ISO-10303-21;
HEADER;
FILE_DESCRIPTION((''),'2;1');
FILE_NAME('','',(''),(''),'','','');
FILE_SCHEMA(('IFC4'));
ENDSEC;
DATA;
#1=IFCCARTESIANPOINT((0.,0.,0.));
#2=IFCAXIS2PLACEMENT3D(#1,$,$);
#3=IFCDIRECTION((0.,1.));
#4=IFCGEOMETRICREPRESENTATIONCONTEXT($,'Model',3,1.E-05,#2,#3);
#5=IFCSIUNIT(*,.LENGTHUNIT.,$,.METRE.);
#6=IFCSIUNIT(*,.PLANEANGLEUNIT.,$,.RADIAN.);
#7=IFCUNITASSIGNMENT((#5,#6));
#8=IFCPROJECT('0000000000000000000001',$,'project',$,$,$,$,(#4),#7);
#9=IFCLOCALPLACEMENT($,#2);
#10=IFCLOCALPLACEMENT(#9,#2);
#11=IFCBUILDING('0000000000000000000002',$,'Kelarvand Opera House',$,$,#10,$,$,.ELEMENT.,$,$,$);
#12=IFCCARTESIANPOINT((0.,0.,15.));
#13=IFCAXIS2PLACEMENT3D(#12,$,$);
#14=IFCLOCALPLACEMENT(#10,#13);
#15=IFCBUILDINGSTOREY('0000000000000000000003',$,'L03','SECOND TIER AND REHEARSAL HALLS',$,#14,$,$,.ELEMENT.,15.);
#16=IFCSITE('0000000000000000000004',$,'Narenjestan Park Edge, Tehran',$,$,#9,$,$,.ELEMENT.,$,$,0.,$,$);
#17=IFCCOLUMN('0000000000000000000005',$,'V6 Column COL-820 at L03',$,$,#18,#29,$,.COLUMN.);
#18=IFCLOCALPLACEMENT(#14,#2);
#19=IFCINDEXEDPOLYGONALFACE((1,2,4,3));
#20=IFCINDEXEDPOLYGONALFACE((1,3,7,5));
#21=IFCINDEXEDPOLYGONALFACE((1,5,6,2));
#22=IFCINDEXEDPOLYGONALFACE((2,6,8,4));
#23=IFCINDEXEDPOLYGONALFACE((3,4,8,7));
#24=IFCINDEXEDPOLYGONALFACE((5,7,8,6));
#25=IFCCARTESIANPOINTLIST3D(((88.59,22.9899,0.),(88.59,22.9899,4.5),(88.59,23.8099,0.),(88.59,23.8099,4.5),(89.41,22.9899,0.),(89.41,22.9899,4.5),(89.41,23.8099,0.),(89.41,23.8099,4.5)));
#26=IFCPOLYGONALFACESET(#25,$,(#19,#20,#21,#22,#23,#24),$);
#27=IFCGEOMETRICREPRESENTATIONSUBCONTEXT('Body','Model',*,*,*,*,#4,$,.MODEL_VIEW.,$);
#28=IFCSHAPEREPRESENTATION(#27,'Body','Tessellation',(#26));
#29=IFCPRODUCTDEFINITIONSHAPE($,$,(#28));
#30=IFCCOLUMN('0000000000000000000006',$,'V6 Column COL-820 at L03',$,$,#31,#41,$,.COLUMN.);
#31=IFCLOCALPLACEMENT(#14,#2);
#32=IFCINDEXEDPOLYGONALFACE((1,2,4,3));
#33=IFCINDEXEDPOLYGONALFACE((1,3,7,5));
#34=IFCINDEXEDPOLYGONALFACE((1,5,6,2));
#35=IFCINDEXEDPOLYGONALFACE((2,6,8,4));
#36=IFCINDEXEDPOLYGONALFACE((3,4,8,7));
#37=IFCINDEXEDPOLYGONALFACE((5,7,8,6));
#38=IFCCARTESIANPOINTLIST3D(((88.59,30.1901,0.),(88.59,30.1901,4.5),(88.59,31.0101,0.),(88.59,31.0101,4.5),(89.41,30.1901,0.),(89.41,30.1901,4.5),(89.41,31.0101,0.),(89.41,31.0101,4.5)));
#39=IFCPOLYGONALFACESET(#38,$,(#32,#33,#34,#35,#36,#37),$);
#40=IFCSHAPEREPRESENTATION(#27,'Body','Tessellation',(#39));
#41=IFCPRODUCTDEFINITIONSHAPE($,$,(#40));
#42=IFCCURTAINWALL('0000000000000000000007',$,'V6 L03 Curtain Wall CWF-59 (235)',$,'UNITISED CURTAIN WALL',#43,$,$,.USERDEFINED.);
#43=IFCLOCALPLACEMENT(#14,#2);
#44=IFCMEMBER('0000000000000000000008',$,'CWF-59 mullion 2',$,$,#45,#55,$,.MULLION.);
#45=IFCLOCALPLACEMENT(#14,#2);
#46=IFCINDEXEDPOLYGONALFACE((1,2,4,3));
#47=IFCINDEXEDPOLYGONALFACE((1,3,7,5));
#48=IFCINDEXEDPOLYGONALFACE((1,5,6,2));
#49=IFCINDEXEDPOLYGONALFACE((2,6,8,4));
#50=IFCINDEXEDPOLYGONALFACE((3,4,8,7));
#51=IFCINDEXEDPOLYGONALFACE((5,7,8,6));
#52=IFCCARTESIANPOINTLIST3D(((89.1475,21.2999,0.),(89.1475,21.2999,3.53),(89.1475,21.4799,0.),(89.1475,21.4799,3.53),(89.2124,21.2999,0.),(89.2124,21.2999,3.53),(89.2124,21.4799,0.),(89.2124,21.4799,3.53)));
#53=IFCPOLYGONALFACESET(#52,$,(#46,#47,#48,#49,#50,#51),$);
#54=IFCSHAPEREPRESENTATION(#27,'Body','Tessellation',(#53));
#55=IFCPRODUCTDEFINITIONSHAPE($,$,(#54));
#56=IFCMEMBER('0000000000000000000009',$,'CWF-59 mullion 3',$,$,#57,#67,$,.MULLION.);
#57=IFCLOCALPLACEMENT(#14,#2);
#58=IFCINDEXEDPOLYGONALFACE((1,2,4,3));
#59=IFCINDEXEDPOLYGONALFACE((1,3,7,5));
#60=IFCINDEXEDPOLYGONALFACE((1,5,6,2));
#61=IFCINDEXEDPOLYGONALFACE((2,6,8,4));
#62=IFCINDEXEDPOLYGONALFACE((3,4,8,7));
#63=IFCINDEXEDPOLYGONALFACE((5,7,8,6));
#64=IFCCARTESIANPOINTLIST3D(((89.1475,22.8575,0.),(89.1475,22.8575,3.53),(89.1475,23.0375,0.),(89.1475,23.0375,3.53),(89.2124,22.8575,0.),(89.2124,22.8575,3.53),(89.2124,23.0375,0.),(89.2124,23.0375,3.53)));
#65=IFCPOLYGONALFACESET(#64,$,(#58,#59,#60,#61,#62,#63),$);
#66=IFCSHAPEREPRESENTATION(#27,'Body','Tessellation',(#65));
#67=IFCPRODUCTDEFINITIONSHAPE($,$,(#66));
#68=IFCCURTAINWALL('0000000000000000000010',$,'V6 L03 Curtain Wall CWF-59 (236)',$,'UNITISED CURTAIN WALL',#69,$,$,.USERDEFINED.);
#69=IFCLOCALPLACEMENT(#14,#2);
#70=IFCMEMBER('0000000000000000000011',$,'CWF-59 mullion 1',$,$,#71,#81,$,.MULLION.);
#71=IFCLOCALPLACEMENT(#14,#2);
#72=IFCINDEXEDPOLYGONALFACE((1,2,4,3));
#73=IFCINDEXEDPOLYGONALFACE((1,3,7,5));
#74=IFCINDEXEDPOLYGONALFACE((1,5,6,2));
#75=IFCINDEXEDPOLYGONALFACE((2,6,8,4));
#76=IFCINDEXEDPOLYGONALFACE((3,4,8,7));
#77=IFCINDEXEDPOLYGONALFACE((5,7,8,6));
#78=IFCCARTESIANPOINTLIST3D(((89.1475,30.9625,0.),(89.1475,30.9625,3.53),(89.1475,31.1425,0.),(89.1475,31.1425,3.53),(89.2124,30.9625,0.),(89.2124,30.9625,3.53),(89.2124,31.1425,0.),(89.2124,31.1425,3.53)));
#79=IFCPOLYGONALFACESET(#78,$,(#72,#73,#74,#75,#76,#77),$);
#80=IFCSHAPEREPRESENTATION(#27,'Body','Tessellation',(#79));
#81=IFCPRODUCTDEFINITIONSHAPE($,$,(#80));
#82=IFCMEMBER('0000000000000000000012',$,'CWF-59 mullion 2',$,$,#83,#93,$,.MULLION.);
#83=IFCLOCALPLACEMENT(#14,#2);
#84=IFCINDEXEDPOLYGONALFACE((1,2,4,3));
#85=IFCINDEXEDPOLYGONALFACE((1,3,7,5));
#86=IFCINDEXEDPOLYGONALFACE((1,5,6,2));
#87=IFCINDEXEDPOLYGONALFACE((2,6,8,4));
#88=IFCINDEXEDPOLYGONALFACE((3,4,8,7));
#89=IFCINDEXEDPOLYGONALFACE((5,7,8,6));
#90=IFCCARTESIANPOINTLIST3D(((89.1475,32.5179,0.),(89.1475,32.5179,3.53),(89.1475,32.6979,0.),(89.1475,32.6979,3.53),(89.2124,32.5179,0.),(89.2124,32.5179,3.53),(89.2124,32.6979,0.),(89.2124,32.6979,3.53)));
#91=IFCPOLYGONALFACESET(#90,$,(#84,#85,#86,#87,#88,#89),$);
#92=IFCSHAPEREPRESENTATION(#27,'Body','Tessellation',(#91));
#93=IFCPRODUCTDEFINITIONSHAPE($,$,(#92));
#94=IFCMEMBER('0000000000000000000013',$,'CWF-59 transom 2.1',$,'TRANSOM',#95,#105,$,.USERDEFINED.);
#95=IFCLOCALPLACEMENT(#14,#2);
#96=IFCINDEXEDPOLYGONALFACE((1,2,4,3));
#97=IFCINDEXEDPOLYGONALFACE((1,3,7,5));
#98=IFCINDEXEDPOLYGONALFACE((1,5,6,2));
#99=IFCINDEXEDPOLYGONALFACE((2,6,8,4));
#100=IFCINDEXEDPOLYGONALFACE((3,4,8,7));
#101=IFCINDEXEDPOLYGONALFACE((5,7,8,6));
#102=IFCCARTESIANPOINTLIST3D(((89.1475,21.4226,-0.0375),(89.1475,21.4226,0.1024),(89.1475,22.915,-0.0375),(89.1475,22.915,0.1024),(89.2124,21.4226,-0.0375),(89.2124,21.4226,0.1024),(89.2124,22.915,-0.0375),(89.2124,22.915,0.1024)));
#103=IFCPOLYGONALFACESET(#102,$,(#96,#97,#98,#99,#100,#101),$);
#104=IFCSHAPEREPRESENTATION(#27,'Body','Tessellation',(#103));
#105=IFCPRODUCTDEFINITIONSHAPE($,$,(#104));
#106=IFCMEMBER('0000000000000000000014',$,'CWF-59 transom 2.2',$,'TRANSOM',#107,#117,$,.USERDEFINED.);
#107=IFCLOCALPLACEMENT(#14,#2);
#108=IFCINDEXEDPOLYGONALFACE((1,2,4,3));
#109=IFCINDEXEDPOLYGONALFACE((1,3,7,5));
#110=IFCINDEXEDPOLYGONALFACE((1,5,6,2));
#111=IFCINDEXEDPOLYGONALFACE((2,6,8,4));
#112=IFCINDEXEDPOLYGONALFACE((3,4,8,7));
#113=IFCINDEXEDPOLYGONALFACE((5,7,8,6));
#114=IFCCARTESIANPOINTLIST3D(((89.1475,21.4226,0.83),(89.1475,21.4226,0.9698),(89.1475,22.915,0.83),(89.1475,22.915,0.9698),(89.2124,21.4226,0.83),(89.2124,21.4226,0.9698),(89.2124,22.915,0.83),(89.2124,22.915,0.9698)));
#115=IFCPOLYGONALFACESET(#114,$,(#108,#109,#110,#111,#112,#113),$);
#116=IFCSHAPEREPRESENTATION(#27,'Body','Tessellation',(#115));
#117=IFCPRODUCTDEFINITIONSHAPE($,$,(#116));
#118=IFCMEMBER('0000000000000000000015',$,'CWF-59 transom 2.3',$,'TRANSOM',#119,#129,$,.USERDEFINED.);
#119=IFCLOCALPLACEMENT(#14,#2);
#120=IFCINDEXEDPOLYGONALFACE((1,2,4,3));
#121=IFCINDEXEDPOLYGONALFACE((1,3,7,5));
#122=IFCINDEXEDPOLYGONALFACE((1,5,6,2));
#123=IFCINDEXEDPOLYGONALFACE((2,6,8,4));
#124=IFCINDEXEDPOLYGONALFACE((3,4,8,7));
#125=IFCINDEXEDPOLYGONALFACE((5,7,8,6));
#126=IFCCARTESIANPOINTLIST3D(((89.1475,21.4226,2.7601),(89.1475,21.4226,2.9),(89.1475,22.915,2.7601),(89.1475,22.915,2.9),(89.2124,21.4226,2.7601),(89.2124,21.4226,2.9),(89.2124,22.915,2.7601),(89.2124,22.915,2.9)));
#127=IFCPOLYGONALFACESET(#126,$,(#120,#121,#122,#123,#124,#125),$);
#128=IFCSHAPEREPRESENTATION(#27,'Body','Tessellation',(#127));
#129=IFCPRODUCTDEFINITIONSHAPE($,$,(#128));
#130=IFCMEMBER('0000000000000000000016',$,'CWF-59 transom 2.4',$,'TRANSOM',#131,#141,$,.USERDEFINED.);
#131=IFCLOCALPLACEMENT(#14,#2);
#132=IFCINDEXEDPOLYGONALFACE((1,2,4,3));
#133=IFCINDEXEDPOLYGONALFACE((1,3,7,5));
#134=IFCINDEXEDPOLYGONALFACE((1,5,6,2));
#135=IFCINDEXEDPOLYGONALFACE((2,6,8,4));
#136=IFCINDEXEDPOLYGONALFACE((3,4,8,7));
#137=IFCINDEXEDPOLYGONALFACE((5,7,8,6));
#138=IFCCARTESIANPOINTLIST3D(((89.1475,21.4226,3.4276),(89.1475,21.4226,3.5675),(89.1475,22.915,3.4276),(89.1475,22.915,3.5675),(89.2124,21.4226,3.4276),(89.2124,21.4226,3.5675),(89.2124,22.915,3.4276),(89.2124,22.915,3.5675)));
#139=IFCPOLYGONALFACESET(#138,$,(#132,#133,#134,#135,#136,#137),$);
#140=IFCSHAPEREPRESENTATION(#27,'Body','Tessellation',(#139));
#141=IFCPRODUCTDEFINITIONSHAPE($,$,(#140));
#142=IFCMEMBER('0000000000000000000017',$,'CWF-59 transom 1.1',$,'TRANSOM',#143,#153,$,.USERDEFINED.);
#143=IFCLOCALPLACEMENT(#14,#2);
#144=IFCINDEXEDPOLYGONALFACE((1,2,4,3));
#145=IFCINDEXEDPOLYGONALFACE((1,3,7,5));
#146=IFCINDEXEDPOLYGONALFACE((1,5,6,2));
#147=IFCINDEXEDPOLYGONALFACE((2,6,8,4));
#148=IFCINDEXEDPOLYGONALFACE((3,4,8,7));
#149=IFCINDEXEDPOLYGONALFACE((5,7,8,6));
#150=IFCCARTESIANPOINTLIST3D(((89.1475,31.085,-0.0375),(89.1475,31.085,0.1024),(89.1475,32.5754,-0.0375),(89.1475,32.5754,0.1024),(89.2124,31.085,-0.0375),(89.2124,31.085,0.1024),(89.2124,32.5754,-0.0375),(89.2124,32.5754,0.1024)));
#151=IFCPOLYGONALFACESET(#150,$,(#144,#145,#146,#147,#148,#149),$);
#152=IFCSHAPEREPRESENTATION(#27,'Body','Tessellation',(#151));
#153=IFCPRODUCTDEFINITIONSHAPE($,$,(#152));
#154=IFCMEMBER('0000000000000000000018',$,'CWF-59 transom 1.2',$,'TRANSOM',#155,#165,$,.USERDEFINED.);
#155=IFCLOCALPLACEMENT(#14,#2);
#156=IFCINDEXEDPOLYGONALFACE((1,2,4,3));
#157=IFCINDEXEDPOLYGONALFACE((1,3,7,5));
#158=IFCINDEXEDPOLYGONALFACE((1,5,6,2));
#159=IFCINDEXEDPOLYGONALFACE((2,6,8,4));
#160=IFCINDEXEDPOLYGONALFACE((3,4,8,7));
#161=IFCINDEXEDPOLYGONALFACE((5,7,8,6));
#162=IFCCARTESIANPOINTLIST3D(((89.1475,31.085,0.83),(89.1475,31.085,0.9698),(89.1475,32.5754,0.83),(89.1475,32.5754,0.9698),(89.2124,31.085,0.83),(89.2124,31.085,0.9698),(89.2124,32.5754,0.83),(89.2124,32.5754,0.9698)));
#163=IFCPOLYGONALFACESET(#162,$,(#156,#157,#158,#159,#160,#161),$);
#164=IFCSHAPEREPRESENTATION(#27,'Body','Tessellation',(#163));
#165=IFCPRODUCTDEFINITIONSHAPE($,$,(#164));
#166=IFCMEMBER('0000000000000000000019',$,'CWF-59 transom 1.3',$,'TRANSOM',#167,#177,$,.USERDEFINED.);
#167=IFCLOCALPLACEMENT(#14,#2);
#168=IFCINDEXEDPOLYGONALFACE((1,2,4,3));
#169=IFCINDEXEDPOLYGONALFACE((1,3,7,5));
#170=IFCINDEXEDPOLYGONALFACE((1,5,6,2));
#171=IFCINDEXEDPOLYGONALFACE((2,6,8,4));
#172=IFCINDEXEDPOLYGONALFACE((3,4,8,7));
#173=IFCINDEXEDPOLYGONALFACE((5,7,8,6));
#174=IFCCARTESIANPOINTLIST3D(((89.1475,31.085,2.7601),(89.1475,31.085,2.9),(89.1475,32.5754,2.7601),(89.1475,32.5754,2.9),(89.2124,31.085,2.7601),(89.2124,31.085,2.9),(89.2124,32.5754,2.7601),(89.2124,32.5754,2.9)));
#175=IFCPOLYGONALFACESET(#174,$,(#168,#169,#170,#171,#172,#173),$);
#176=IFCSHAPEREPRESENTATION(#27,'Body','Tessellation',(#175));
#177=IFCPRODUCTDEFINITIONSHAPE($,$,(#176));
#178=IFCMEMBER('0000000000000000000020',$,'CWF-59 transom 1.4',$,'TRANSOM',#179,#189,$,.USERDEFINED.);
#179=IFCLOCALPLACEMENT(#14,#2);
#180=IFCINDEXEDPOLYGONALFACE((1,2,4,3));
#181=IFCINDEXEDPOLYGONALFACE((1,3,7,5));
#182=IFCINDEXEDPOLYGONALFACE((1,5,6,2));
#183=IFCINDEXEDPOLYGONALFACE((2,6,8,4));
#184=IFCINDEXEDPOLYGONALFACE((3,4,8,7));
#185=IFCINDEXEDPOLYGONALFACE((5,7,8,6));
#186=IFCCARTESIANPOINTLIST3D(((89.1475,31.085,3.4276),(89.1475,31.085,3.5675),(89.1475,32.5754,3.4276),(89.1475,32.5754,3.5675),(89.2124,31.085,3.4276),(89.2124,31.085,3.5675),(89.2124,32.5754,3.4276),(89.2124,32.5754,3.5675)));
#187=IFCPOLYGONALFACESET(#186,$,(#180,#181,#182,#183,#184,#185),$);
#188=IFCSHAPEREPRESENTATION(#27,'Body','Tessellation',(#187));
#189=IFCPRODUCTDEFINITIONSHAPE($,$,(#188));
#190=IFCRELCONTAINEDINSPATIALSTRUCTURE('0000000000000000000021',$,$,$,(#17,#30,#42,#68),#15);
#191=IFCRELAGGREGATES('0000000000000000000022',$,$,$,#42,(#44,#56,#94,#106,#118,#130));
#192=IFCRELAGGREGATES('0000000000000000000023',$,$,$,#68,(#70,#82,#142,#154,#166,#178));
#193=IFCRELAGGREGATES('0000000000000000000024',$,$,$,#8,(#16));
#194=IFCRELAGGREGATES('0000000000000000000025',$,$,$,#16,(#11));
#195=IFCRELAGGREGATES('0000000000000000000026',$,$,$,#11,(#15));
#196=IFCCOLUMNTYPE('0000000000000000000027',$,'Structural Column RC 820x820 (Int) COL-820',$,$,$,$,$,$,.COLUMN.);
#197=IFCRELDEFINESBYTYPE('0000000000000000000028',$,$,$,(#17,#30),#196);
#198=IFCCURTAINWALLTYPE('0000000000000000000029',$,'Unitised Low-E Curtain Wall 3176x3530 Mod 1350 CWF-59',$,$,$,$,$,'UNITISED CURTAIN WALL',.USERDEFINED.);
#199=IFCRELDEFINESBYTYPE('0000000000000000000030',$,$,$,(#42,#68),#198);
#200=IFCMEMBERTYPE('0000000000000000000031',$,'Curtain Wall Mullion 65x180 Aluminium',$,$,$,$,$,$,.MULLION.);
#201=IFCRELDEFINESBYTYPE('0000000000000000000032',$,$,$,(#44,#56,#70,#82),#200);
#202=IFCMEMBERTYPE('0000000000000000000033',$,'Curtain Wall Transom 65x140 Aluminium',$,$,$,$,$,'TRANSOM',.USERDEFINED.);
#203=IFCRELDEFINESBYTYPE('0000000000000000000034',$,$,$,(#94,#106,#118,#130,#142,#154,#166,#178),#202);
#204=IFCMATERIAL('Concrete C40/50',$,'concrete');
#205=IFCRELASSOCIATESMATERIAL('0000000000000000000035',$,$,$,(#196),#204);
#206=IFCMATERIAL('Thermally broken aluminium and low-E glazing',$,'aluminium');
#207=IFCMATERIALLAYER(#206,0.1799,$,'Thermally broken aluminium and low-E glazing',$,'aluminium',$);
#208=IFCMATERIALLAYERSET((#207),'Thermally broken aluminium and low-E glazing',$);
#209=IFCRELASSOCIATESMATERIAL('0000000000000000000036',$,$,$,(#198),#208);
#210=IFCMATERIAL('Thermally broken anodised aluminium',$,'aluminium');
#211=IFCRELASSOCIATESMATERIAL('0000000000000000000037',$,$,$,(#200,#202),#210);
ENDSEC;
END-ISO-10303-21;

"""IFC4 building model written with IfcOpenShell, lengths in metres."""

from ifc_helpers import new_model, si_unit, direction, frame, origin, origin_2d, place, context, subcontext, project, spatial, rectangle, extrude, material, layer, layer_set, material_profile, profile_set, type_object, element, aggregate, save


model = new_model("IFC4")

# Units and contexts
model_context = context("Model", 3, precision=1e-05, world=origin(), true_north=direction((0.0, 1.0)))
body_context = subcontext(model_context, "Body", "Model", "MODEL_VIEW")
ifc_project = project(units=[si_unit("LENGTHUNIT", "METRE"), si_unit("PLANEANGLEUNIT", "RADIAN")], contexts=[model_context])

# Site, building, storey
site_placement = place(None, origin())
site = spatial("IfcSite", under=ifc_project, at=site_placement, Name="Narenjestan Park Edge, Tehran", CompositionType="ELEMENT", RefElevation=0.0)
building_placement = place(site_placement, origin())
building = spatial("IfcBuilding", under=site, at=building_placement, Name="Kelarvand Opera House", CompositionType="ELEMENT")
storey_placement = place(building_placement, frame((0.0, 0.0, 15.0)))
storey = spatial("IfcBuildingStorey", under=building, at=storey_placement, Name="L03", Description="SECOND TIER AND REHEARSAL HALLS", CompositionType="ELEMENT", Elevation=15.0)

# Columns
ifc_material_1 = material(Name="Concrete C40/50", Category="concrete")
ifc_material_profile_1 = material_profile(ifc_material_1, rectangle(XDim=0.8201, YDim=0.8201, at=origin_2d()), Name="RC 820x820", Category="concrete")
ifc_profile_set_1 = profile_set([ifc_material_profile_1], Name="Concrete C40/50")
column_type = type_object("IfcColumnType", Name="Structural Column RC 820x820 (Int) COL-820", PredefinedType="COLUMN", material=ifc_profile_set_1)
for number, where, z_axis, x_axis, name in (
    (1, (89.0, 23.3999, 0.0), (0.0, 0.0, 1.0), (1.0, 0.0, 0.0), "V6 Column COL-820 at L03"),
    (2, (89.0, 30.6001, 0.0), (0.0, 0.0, 1.0), (1.0, 0.0, 0.0), "V6 Column COL-820 at L03"),
):
    element("IfcColumn", number, at=place(storey_placement, frame(where, z_axis=z_axis, x_axis=x_axis)), inside=storey, type_object=column_type, Name=name, PredefinedType="COLUMN", context=body_context, shape_type="SweptSolid", body=[
        extrude(rectangle(XDim=0.8201, YDim=0.8201, at=origin_2d()), origin(), (0.0, 0.0, 1.0), 4.5),
    ])

# Curtain walls, members
ifc_material_2 = material(Name="Thermally broken aluminium and low-E glazing", Category="aluminium")
ifc_layer_1 = layer(ifc_material_2, 0.1799, Name="Thermally broken aluminium and low-E glazing", Category="aluminium")
ifc_layer_set_1 = layer_set([ifc_layer_1], Name="Thermally broken aluminium and low-E glazing")
curtain_wall_type = type_object("IfcCurtainWallType", Name="Unitised Low-E Curtain Wall 3176x3530 Mod 1350 CWF-59", ElementType="UNITISED CURTAIN WALL", PredefinedType="USERDEFINED", material=ifc_layer_set_1)
curtain_wall_1_placement = place(storey_placement, origin())
curtain_wall_1 = element("IfcCurtainWall", 3, at=curtain_wall_1_placement, inside=storey, type_object=curtain_wall_type, Name="V6 L03 Curtain Wall CWF-59 (235)", ObjectType="UNITISED CURTAIN WALL", PredefinedType="USERDEFINED")
ifc_material_3 = material(Name="Thermally broken anodised aluminium", Category="aluminium")
ifc_material_profile_2 = material_profile(ifc_material_3, rectangle(XDim=0.0649, YDim=0.1799, at=origin_2d()), Name="ALU MULLION 65x180", Category="aluminium")
ifc_profile_set_2 = profile_set([ifc_material_profile_2], Name="Thermally broken anodised aluminium")
member_type_1 = type_object("IfcMemberType", Name="Curtain Wall Mullion 65x180 Aluminium", PredefinedType="MULLION", material=ifc_profile_set_2)
member_1_placement = place(storey_placement, frame((89.1799, 21.3899, 0.0), z_axis=(0.0, 0.0, 1.0), x_axis=(-1.0, 0.0, 0.0)))
member_1 = element("IfcMember", 4, at=member_1_placement, type_object=member_type_1, Name="CWF-59 mullion 2", PredefinedType="MULLION", context=body_context, shape_type="SweptSolid", body=[
    extrude(rectangle(XDim=0.0649, YDim=0.1799, at=origin_2d()), origin(), (0.0, 0.0, 1.0), 3.53),
])
member_2_placement = place(storey_placement, frame((89.1799, 22.9475, 0.0), z_axis=(0.0, 0.0, 1.0), x_axis=(-1.0, 0.0, 0.0)))
member_2 = element("IfcMember", 5, at=member_2_placement, type_object=member_type_1, Name="CWF-59 mullion 3", PredefinedType="MULLION", context=body_context, shape_type="SweptSolid", body=[
    extrude(rectangle(XDim=0.0649, YDim=0.1799, at=origin_2d()), origin(), (0.0, 0.0, 1.0), 3.53),
])
curtain_wall_2_placement = place(storey_placement, origin())
curtain_wall_2 = element("IfcCurtainWall", 6, at=curtain_wall_2_placement, inside=storey, type_object=curtain_wall_type, Name="V6 L03 Curtain Wall CWF-59 (236)", ObjectType="UNITISED CURTAIN WALL", PredefinedType="USERDEFINED")
member_3_placement = place(storey_placement, frame((89.1799, 31.0525, 0.0), z_axis=(0.0, 0.0, 1.0), x_axis=(-1.0, 0.0, 0.0)))
member_3 = element("IfcMember", 7, at=member_3_placement, type_object=member_type_1, Name="CWF-59 mullion 1", PredefinedType="MULLION", context=body_context, shape_type="SweptSolid", body=[
    extrude(rectangle(XDim=0.0649, YDim=0.1799, at=origin_2d()), origin(), (0.0, 0.0, 1.0), 3.53),
])
member_4_placement = place(storey_placement, frame((89.1799, 32.6079, 0.0), z_axis=(0.0, 0.0, 1.0), x_axis=(-1.0, 0.0, 0.0)))
member_4 = element("IfcMember", 8, at=member_4_placement, type_object=member_type_1, Name="CWF-59 mullion 2", PredefinedType="MULLION", context=body_context, shape_type="SweptSolid", body=[
    extrude(rectangle(XDim=0.0649, YDim=0.1799, at=origin_2d()), origin(), (0.0, 0.0, 1.0), 3.53),
])

# Members
ifc_material_profile_3 = material_profile(ifc_material_3, rectangle(XDim=0.0649, YDim=0.1399, at=origin_2d()), Name="ALU TRANSOM 65x140", Category="aluminium")
ifc_profile_set_3 = profile_set([ifc_material_profile_3], Name="Thermally broken anodised aluminium")
member_type_2 = type_object("IfcMemberType", Name="Curtain Wall Transom 65x140 Aluminium", ElementType="TRANSOM", PredefinedType="USERDEFINED", material=ifc_profile_set_3)
member_5_placement = place(storey_placement, frame((89.1799, 21.4226, 0.0325), z_axis=(0.0, 1.0, 0.0), x_axis=(-1.0, 0.0, 0.0)))
member_5 = element("IfcMember", 9, at=member_5_placement, type_object=member_type_2, Name="CWF-59 transom 2.1", ObjectType="TRANSOM", PredefinedType="USERDEFINED", context=body_context, shape_type="SweptSolid", body=[
    extrude(rectangle(XDim=0.0649, YDim=0.1399, at=origin_2d()), origin(), (0.0, 0.0, 1.0), 1.4924),
])
member_6_placement = place(storey_placement, frame((89.1799, 21.4226, 0.8999), z_axis=(0.0, 1.0, 0.0), x_axis=(-1.0, 0.0, 0.0)))
member_6 = element("IfcMember", 10, at=member_6_placement, type_object=member_type_2, Name="CWF-59 transom 2.2", ObjectType="TRANSOM", PredefinedType="USERDEFINED", context=body_context, shape_type="SweptSolid", body=[
    extrude(rectangle(XDim=0.0649, YDim=0.1399, at=origin_2d()), origin(), (0.0, 0.0, 1.0), 1.4924),
])
member_7_placement = place(storey_placement, frame((89.1799, 21.4226, 2.8301), z_axis=(0.0, 1.0, 0.0), x_axis=(-1.0, 0.0, 0.0)))
member_7 = element("IfcMember", 11, at=member_7_placement, type_object=member_type_2, Name="CWF-59 transom 2.3", ObjectType="TRANSOM", PredefinedType="USERDEFINED", context=body_context, shape_type="SweptSolid", body=[
    extrude(rectangle(XDim=0.0649, YDim=0.1399, at=origin_2d()), origin(), (0.0, 0.0, 1.0), 1.4924),
])
member_8_placement = place(storey_placement, frame((89.1799, 21.4226, 3.4976), z_axis=(0.0, 1.0, 0.0), x_axis=(-1.0, 0.0, 0.0)))
member_8 = element("IfcMember", 12, at=member_8_placement, type_object=member_type_2, Name="CWF-59 transom 2.4", ObjectType="TRANSOM", PredefinedType="USERDEFINED", context=body_context, shape_type="SweptSolid", body=[
    extrude(rectangle(XDim=0.0649, YDim=0.1399, at=origin_2d()), origin(), (0.0, 0.0, 1.0), 1.4924),
])
member_9_placement = place(storey_placement, frame((89.1799, 31.085, 0.0325), z_axis=(0.0, 1.0, 0.0), x_axis=(-1.0, 0.0, 0.0)))
member_9 = element("IfcMember", 13, at=member_9_placement, type_object=member_type_2, Name="CWF-59 transom 1.1", ObjectType="TRANSOM", PredefinedType="USERDEFINED", context=body_context, shape_type="SweptSolid", body=[
    extrude(rectangle(XDim=0.0649, YDim=0.1399, at=origin_2d()), origin(), (0.0, 0.0, 1.0), 1.4905),
])
member_10_placement = place(storey_placement, frame((89.1799, 31.085, 0.8999), z_axis=(0.0, 1.0, 0.0), x_axis=(-1.0, 0.0, 0.0)))
member_10 = element("IfcMember", 14, at=member_10_placement, type_object=member_type_2, Name="CWF-59 transom 1.2", ObjectType="TRANSOM", PredefinedType="USERDEFINED", context=body_context, shape_type="SweptSolid", body=[
    extrude(rectangle(XDim=0.0649, YDim=0.1399, at=origin_2d()), origin(), (0.0, 0.0, 1.0), 1.4905),
])
member_11_placement = place(storey_placement, frame((89.1799, 31.085, 2.8301), z_axis=(0.0, 1.0, 0.0), x_axis=(-1.0, 0.0, 0.0)))
member_11 = element("IfcMember", 15, at=member_11_placement, type_object=member_type_2, Name="CWF-59 transom 1.3", ObjectType="TRANSOM", PredefinedType="USERDEFINED", context=body_context, shape_type="SweptSolid", body=[
    extrude(rectangle(XDim=0.0649, YDim=0.1399, at=origin_2d()), origin(), (0.0, 0.0, 1.0), 1.4905),
])
member_12_placement = place(storey_placement, frame((89.1799, 31.085, 3.4976), z_axis=(0.0, 1.0, 0.0), x_axis=(-1.0, 0.0, 0.0)))
member_12 = element("IfcMember", 16, at=member_12_placement, type_object=member_type_2, Name="CWF-59 transom 1.4", ObjectType="TRANSOM", PredefinedType="USERDEFINED", context=body_context, shape_type="SweptSolid", body=[
    extrude(rectangle(XDim=0.0649, YDim=0.1399, at=origin_2d()), origin(), (0.0, 0.0, 1.0), 1.4905),
])

aggregate(curtain_wall_1, [member_1, member_2, member_5, member_6, member_7, member_8])
aggregate(curtain_wall_2, [member_3, member_4, member_9, member_10, member_11, member_12])

save(model, "model.ifc")
